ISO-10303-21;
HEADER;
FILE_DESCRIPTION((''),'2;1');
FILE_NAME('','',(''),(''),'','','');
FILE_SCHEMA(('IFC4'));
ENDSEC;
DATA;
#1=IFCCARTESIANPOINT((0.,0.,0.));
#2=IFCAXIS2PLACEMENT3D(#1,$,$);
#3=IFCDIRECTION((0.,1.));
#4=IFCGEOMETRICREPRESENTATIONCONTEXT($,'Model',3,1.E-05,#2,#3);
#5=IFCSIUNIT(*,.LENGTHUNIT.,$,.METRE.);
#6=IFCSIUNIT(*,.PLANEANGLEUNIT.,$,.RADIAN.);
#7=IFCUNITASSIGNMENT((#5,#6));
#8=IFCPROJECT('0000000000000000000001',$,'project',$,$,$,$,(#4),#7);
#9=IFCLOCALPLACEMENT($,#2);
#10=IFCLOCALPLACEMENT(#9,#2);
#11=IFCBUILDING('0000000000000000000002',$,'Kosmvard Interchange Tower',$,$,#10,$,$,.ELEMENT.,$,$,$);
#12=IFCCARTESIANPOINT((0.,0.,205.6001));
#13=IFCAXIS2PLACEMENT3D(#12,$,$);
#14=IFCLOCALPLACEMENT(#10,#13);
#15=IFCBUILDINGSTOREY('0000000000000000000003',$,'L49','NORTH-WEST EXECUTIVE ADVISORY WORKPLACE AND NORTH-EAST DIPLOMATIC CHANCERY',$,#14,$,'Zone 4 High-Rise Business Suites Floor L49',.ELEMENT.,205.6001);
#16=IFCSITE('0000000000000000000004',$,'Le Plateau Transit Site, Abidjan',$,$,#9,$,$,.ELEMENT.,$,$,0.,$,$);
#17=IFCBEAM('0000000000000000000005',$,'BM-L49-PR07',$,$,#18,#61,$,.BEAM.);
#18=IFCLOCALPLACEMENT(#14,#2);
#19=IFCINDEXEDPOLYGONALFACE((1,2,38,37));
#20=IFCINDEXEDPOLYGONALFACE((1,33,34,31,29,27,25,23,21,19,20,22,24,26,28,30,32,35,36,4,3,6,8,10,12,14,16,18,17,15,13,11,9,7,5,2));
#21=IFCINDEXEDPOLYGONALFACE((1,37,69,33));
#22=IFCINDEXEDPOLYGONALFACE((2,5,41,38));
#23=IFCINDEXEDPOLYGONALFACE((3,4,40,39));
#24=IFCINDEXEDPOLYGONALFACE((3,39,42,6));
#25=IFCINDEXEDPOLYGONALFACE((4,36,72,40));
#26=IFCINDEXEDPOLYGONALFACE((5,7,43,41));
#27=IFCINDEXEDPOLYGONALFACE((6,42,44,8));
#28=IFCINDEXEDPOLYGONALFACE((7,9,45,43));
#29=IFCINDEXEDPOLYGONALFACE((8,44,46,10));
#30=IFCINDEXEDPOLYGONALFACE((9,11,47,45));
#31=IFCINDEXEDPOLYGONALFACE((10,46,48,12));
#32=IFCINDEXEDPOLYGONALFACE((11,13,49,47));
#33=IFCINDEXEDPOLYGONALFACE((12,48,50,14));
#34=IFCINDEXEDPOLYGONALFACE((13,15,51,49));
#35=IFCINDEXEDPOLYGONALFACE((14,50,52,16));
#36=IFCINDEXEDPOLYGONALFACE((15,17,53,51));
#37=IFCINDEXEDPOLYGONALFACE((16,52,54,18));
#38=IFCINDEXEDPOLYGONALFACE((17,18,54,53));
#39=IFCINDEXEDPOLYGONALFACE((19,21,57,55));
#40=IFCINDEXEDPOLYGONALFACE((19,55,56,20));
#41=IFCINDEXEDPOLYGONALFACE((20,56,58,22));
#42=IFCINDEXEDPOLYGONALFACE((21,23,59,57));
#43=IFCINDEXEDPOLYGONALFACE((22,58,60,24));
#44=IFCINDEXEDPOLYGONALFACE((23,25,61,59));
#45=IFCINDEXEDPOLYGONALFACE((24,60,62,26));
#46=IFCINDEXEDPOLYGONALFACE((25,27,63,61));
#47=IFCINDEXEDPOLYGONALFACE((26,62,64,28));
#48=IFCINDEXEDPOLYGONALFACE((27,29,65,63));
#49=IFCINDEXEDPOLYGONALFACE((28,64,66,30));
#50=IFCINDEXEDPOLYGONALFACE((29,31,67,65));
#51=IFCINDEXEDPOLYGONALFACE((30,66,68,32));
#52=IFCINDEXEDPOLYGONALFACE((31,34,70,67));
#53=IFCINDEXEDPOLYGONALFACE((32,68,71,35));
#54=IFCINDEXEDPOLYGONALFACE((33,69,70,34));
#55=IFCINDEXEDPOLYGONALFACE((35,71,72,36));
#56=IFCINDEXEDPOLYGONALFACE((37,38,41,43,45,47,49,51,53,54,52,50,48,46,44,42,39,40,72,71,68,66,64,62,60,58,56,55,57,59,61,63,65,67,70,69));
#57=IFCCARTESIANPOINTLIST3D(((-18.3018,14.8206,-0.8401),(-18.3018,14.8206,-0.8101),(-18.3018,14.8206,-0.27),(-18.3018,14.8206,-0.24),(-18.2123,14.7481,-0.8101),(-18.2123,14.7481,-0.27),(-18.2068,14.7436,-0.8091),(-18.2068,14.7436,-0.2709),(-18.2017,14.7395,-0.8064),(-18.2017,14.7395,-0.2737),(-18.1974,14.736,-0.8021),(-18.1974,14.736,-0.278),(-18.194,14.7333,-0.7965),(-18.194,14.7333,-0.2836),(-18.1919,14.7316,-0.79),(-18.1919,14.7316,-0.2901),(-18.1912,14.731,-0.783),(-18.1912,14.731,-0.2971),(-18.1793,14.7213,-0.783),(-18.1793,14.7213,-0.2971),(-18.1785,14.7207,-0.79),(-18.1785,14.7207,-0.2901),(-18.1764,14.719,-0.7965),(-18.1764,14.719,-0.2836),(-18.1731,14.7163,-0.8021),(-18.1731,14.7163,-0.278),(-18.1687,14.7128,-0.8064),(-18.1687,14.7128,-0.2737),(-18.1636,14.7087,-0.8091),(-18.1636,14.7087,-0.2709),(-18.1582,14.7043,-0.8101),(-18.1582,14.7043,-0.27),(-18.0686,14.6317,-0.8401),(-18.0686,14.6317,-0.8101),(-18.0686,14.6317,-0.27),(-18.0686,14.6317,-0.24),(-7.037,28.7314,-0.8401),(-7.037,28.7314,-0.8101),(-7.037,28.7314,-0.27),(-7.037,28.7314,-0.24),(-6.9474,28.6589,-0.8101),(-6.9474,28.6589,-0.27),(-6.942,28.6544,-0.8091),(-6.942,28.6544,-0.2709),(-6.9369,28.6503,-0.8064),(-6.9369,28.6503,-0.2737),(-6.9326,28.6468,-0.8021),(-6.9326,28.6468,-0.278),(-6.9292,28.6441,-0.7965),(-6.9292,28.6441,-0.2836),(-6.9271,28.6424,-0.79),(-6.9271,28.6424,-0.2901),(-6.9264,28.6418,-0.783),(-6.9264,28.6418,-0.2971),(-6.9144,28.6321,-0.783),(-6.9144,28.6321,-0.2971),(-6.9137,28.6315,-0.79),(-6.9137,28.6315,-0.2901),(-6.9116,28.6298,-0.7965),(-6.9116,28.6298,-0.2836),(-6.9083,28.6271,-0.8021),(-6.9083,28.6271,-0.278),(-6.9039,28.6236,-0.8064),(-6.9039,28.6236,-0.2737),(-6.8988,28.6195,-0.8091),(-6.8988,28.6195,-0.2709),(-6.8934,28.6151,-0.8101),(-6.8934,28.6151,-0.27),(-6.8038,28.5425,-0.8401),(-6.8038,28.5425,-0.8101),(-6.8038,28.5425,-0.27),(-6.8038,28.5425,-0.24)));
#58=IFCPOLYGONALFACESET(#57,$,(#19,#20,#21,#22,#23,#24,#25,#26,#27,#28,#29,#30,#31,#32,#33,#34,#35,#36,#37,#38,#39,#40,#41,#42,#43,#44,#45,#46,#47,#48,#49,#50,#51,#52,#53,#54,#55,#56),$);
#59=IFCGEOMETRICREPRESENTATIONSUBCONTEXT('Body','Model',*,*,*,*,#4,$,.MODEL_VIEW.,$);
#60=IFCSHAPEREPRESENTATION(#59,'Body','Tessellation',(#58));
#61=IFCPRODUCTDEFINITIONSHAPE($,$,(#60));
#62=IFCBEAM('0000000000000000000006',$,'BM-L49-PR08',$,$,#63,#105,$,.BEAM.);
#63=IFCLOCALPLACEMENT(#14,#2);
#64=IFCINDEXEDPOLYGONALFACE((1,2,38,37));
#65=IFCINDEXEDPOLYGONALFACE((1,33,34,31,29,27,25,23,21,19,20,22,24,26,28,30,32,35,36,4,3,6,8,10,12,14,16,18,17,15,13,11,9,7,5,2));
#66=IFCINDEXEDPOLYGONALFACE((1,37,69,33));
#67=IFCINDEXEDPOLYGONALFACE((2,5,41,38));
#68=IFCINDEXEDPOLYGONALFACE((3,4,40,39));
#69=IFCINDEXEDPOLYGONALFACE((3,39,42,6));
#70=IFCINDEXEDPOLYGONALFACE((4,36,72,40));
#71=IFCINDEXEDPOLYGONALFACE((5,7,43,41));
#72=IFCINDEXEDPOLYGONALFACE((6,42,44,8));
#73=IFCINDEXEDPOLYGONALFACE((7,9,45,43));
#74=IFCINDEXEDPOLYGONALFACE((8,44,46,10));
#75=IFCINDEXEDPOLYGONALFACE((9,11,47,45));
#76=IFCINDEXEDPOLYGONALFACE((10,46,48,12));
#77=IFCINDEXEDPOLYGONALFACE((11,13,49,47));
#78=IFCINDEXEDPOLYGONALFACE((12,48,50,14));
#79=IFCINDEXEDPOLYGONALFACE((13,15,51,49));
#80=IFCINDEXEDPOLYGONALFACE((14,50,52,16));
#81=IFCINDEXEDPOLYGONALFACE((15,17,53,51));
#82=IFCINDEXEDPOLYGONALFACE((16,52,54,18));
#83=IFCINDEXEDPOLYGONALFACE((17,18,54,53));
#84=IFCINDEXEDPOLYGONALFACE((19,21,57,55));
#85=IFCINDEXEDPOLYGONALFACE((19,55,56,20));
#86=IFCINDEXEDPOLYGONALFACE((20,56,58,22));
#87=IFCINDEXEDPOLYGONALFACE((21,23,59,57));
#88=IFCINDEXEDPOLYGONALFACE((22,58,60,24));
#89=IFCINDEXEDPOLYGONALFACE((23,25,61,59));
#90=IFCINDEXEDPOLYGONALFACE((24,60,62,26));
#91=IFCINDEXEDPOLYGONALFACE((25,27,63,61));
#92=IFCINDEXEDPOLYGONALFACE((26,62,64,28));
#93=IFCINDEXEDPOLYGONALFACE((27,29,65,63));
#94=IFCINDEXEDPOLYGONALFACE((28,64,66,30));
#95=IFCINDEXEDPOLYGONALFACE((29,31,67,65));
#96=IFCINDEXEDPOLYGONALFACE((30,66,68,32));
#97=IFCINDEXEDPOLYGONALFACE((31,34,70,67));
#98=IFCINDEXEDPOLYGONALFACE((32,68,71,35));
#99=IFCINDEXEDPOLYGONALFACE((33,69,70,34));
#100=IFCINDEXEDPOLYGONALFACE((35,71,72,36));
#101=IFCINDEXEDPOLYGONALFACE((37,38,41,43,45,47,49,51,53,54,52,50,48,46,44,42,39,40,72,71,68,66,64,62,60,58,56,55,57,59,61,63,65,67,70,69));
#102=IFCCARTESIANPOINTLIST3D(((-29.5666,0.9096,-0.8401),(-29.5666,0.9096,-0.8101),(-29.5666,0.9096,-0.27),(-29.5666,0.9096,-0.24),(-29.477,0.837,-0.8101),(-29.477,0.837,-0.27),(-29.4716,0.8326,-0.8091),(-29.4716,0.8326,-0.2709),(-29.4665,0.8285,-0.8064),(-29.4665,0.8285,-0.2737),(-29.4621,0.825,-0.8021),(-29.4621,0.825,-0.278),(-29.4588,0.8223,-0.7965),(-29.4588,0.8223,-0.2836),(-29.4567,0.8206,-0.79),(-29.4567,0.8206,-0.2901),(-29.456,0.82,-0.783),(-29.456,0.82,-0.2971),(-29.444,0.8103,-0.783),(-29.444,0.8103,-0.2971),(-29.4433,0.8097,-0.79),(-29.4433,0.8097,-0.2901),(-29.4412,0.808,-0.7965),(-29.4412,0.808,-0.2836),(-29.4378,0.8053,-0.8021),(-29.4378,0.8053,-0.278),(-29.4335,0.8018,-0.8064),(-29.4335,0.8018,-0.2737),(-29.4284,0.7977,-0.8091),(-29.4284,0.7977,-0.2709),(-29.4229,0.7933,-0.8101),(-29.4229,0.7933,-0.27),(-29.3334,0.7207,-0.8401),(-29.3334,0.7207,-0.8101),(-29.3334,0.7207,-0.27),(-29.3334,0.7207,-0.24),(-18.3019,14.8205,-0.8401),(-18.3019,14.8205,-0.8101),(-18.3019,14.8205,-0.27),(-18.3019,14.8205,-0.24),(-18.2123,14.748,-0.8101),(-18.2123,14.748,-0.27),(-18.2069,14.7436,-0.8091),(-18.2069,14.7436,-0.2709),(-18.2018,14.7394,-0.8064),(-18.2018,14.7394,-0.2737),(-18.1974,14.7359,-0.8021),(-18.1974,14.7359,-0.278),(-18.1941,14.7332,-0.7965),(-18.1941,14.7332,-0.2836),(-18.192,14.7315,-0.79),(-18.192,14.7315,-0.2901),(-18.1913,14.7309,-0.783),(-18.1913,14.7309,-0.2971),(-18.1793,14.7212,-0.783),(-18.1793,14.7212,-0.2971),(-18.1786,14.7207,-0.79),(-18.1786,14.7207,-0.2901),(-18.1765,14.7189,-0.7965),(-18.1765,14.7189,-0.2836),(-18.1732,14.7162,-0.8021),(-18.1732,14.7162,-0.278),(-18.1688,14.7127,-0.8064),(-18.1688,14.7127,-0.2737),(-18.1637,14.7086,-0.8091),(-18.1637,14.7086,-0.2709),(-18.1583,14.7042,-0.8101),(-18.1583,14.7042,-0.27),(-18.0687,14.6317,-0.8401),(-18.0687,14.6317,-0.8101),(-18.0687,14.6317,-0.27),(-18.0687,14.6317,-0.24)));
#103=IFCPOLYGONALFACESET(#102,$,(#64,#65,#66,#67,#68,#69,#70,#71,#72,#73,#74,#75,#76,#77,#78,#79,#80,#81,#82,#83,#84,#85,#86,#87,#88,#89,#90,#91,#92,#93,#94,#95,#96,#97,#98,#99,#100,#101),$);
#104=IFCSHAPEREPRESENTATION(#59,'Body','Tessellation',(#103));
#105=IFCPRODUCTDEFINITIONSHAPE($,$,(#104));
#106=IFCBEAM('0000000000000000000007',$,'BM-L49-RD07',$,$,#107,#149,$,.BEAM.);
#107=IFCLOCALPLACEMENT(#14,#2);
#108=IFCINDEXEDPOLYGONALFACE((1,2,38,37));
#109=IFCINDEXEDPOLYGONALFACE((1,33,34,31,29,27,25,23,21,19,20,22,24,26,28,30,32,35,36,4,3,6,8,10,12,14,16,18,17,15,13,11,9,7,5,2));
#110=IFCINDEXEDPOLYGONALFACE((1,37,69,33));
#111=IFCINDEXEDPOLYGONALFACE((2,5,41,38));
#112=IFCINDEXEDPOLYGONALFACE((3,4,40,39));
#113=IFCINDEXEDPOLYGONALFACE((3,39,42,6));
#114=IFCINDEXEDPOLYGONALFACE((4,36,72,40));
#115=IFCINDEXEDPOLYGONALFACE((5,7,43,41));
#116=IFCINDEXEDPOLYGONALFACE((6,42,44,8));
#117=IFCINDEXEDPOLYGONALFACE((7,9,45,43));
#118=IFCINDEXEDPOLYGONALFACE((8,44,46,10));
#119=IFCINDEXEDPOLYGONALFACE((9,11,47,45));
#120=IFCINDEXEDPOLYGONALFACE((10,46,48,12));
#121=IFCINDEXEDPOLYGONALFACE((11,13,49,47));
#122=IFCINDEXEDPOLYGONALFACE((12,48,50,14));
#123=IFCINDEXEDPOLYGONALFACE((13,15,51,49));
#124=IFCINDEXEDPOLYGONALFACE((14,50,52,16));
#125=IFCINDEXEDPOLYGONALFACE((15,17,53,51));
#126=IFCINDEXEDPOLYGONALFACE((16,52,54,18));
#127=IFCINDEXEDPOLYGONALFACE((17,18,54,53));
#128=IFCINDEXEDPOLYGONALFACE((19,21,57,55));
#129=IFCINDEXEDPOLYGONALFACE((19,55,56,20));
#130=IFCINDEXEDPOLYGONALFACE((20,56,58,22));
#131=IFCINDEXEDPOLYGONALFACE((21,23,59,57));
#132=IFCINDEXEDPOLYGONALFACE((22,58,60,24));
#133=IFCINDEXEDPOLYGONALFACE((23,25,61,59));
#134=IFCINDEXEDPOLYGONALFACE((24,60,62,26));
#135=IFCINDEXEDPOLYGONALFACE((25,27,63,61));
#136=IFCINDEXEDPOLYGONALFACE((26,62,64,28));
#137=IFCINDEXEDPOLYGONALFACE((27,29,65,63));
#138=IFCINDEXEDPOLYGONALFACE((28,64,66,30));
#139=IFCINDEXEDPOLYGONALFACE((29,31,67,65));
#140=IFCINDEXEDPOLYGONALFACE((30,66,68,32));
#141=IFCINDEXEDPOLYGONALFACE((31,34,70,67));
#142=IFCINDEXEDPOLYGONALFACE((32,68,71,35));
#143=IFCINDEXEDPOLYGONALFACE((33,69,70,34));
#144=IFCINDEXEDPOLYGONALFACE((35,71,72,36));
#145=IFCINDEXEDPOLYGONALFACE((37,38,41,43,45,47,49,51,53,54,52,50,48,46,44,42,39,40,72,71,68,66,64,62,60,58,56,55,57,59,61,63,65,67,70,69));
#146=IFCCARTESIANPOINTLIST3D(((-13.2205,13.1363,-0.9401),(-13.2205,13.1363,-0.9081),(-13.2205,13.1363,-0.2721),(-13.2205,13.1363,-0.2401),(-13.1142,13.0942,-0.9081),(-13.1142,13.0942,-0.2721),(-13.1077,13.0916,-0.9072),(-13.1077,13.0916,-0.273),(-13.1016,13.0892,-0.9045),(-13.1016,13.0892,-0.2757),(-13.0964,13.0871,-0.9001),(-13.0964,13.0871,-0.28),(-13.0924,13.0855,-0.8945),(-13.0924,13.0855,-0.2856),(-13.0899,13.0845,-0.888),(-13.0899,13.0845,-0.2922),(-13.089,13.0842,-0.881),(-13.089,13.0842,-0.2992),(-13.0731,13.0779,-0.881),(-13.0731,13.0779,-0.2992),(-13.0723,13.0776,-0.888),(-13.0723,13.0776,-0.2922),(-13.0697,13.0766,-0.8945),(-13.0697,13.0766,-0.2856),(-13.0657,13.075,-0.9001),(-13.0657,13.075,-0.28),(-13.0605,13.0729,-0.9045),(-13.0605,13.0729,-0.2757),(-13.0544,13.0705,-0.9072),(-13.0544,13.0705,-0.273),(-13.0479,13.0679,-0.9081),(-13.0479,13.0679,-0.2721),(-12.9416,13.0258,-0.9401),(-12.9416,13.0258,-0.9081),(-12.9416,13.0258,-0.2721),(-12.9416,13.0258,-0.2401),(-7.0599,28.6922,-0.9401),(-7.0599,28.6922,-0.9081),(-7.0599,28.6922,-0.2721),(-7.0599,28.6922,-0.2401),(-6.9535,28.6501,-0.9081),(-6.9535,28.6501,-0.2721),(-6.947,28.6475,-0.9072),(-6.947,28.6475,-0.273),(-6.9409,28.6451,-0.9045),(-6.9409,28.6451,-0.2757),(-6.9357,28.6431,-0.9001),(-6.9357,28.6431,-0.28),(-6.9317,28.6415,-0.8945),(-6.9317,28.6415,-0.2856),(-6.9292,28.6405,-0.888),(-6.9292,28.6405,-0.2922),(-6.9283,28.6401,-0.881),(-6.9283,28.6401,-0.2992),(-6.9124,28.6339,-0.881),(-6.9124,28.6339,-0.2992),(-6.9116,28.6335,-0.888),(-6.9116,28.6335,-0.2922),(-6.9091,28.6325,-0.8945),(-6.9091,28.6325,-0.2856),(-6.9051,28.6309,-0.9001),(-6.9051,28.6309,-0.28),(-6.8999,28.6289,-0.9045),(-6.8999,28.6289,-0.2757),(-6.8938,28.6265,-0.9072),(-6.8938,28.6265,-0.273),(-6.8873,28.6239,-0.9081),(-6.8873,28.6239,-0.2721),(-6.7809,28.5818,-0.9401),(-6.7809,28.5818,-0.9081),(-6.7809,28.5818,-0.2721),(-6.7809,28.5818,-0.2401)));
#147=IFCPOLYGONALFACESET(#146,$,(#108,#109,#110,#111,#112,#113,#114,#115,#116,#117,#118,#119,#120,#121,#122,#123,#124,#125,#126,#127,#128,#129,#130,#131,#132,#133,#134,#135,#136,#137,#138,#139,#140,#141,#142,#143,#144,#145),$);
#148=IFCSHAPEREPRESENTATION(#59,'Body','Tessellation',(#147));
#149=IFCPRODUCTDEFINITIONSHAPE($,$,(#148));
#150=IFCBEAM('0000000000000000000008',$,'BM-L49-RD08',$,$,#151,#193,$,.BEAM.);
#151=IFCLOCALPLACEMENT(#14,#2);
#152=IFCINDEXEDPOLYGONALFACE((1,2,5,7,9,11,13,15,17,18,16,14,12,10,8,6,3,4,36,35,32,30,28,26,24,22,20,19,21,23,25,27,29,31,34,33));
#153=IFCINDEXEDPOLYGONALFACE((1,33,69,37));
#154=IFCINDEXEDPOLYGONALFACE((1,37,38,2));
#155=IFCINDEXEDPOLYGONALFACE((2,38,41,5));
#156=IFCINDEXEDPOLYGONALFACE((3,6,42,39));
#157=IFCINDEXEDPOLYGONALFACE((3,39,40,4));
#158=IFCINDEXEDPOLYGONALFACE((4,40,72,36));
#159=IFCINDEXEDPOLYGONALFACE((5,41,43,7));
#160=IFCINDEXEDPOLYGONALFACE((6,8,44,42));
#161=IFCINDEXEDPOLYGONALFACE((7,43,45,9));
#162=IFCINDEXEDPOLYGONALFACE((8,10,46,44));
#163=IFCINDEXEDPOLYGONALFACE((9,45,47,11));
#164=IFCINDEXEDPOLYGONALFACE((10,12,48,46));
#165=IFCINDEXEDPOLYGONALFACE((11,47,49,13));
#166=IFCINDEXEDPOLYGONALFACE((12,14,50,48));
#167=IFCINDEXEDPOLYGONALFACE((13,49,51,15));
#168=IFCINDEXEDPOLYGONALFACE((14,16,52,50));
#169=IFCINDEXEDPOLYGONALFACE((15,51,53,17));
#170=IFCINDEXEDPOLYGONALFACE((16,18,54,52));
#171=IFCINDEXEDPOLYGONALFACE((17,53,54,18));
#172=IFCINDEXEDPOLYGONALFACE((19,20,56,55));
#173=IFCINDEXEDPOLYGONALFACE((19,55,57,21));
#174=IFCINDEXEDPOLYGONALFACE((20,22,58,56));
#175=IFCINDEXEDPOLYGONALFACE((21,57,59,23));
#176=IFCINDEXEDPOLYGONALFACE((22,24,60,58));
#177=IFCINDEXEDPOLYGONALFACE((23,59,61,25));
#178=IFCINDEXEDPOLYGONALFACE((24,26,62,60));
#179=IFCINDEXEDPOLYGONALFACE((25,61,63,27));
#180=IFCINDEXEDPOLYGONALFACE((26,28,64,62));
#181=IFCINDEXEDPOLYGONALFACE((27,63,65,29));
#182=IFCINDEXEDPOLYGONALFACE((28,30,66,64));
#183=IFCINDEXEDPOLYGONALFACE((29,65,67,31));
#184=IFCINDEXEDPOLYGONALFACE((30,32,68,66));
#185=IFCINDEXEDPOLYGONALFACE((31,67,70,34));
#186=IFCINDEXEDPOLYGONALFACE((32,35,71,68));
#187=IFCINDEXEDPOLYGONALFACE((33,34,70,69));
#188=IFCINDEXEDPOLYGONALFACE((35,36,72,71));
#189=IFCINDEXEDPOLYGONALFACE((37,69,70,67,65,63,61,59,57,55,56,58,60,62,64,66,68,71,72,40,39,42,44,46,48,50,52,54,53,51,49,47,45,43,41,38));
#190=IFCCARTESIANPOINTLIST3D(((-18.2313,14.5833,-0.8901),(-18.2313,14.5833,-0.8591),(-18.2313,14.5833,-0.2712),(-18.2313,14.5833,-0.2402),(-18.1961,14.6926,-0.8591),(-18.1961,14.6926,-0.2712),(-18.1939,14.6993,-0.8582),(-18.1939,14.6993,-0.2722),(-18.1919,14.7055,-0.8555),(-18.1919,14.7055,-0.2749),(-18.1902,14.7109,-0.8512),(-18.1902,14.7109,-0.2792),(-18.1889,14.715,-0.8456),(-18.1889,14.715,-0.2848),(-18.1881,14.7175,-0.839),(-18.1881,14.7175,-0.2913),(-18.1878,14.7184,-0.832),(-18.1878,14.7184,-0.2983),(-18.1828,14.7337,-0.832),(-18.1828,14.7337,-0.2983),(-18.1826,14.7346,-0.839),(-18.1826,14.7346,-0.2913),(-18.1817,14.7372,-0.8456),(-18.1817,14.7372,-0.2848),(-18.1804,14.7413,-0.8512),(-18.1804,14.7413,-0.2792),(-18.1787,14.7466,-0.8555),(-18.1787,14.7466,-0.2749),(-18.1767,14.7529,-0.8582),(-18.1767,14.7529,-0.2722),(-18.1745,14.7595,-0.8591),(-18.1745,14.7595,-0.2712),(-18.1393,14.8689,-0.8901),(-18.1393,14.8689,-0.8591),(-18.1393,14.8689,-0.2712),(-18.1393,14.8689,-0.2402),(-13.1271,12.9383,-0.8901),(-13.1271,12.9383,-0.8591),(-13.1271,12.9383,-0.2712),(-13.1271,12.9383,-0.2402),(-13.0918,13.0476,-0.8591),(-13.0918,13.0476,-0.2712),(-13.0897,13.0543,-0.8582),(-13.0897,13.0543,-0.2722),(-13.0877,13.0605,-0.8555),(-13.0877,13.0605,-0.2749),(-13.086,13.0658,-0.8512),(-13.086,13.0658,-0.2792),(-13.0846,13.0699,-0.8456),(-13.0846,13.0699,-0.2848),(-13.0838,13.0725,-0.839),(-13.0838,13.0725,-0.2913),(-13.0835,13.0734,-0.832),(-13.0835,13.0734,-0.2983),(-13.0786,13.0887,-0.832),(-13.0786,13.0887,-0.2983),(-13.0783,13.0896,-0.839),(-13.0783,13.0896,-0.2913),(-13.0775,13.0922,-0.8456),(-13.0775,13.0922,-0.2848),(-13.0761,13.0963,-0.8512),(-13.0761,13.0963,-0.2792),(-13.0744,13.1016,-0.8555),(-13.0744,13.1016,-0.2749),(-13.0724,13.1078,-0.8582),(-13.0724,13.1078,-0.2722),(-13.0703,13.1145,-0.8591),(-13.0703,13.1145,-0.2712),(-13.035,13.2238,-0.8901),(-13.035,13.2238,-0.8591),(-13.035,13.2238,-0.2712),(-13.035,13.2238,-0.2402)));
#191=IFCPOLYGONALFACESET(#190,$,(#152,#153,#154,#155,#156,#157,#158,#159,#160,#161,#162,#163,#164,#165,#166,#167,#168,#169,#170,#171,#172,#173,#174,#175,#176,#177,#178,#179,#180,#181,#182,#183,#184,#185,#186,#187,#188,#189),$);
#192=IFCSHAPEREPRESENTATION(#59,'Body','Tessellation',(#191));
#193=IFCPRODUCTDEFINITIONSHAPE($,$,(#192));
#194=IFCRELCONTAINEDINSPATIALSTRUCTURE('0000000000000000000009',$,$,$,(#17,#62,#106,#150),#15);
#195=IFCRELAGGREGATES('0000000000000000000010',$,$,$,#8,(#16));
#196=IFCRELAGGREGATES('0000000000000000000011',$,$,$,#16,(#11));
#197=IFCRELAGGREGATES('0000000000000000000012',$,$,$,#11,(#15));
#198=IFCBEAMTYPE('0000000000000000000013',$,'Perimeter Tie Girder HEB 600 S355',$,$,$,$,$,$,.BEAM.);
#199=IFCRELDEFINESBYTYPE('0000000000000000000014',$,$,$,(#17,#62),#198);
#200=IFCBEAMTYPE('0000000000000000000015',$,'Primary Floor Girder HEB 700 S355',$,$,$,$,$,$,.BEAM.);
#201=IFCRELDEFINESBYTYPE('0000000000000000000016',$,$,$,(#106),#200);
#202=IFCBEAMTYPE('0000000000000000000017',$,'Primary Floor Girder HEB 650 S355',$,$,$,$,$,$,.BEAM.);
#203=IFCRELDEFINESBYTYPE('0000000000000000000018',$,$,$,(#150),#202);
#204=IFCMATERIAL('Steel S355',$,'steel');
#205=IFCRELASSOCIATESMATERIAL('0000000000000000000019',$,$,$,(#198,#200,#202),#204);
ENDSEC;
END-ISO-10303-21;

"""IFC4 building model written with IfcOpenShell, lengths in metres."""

from ifc_helpers import new_model, si_unit, direction, frame, origin, origin_2d, place, context, subcontext, project, spatial, i_section, extrude, source, transform, mapped, material, material_profile, profile_set, type_object, element, save


model = new_model("IFC4")

# Units and contexts
model_context = context("Model", 3, precision=1e-05, world=origin(), true_north=direction((0.0, 1.0)))
body_context = subcontext(model_context, "Body", "Model", "MODEL_VIEW")
ifc_project = project(units=[si_unit("LENGTHUNIT", "METRE"), si_unit("PLANEANGLEUNIT", "RADIAN")], contexts=[model_context])

# Site, building, storey
site_placement = place(None, origin())
site = spatial("IfcSite", under=ifc_project, at=site_placement, Name="Le Plateau Transit Site, Abidjan", CompositionType="ELEMENT", RefElevation=0.0)
building_placement = place(site_placement, origin())
building = spatial("IfcBuilding", under=site, at=building_placement, Name="Kosmvard Interchange Tower", CompositionType="ELEMENT")
storey_placement = place(building_placement, frame((0.0, 0.0, 205.6001)))
storey = spatial("IfcBuildingStorey", under=building, at=storey_placement, Name="L49", Description="NORTH-WEST EXECUTIVE ADVISORY WORKPLACE AND NORTH-EAST DIPLOMATIC CHANCERY", LongName="Zone 4 High-Rise Business Suites Floor L49", CompositionType="ELEMENT", Elevation=205.6001)

# Beams
ifc_material_1 = material(Name="Steel S355", Category="steel")
ifc_material_profile_1 = material_profile(ifc_material_1, i_section(OverallWidth=0.3, OverallDepth=0.6001, WebThickness=0.0154, FlangeThickness=0.03, FilletRadius=0.0271, at=origin_2d()), Name="HEB 600")
ifc_profile_set_1 = profile_set([ifc_material_profile_1], Name="Steel S355")
beam_type_1 = type_object("IfcBeamType", Name="Perimeter Tie Girder HEB 600 S355", PredefinedType="BEAM", material=ifc_profile_set_1)
shared_shape_1 = source(origin(), body_context, "Body", "SweptSolid", [
    extrude(i_section(OverallWidth=0.3, OverallDepth=0.6001, WebThickness=0.0154, FlangeThickness=0.03, FilletRadius=0.0271, at=origin_2d()), origin(), (0.0, 0.0, 1.0), 17.8999),
])
for number, where, z_axis, x_axis, name in (
    (1, (-6.9204, 28.637, -0.54), (-0.629323, -0.777144, 0.0), (0.777144, -0.629323, 0.0), "BM-L49-PR07"),
    (2, (-18.1853, 14.7261, -0.54), (-0.629315, -0.777151, 0.0), (0.777151, -0.629315, 0.0), "BM-L49-PR08"),
):
    element("IfcBeam", number, at=place(storey_placement, frame(where, z_axis=z_axis, x_axis=x_axis)), inside=storey, type_object=beam_type_1, Name=name, PredefinedType="BEAM", context=body_context, shape_type="MappedRepresentation", body=[
        mapped(shared_shape_1, transform((0.0, 0.0, 0.0), scale=1.0)),
    ])
ifc_material_profile_2 = material_profile(ifc_material_1, i_section(OverallWidth=0.3, OverallDepth=0.7, WebThickness=0.0171, FlangeThickness=0.032, FilletRadius=0.0271, at=origin_2d()), Name="HEB 700")
ifc_profile_set_2 = profile_set([ifc_material_profile_2], Name="Steel S355")
beam_type_2 = type_object("IfcBeamType", Name="Primary Floor Girder HEB 700 S355", PredefinedType="BEAM", material=ifc_profile_set_2)
shared_shape_2 = source(origin(), body_context, "Body", "SweptSolid", [
    extrude(i_section(OverallWidth=0.3, OverallDepth=0.7, WebThickness=0.0171, FlangeThickness=0.032, FilletRadius=0.0271, at=origin_2d()), origin(), (0.0, 0.0, 1.0), 16.7314),
])
beam_1_placement = place(storey_placement, frame((-13.0811, 13.0811, -0.5901), z_axis=(0.368209, 0.929743, 0.0), x_axis=(-0.929743, 0.368209, 0.0)))
element("IfcBeam", 3, at=beam_1_placement, inside=storey, type_object=beam_type_2, Name="BM-L49-RD07", PredefinedType="BEAM", context=body_context, shape_type="MappedRepresentation", body=[
    mapped(shared_shape_2, transform((0.0, 0.0, 0.0), scale=1.0)),
])
ifc_material_profile_3 = material_profile(ifc_material_1, i_section(OverallWidth=0.3, OverallDepth=0.6499, WebThickness=0.0161, FlangeThickness=0.031, FilletRadius=0.0271, at=origin_2d()), Name="HEB 650")
ifc_profile_set_3 = profile_set([ifc_material_profile_3], Name="Steel S355")
beam_type_3 = type_object("IfcBeamType", Name="Primary Floor Girder HEB 650 S355", PredefinedType="BEAM", material=ifc_profile_set_3)
shared_shape_3 = source(origin(), body_context, "Body", "SweptSolid", [
    extrude(i_section(OverallWidth=0.3, OverallDepth=0.6499, WebThickness=0.0161, FlangeThickness=0.031, FilletRadius=0.0271, at=origin_2d()), origin(), (0.0, 0.0, 1.0), 5.3628),
])
beam_2_placement = place(storey_placement, frame((-13.0811, 13.0811, -0.5652), z_axis=(-0.951791, 0.306747, 0.0), x_axis=(-0.306747, -0.951791, 0.0)))
element("IfcBeam", 4, at=beam_2_placement, inside=storey, type_object=beam_type_3, Name="BM-L49-RD08", PredefinedType="BEAM", context=body_context, shape_type="MappedRepresentation", body=[
    mapped(shared_shape_3, transform((0.0, 0.0, 0.0), scale=1.0)),
])

save(model, "model.ifc")
